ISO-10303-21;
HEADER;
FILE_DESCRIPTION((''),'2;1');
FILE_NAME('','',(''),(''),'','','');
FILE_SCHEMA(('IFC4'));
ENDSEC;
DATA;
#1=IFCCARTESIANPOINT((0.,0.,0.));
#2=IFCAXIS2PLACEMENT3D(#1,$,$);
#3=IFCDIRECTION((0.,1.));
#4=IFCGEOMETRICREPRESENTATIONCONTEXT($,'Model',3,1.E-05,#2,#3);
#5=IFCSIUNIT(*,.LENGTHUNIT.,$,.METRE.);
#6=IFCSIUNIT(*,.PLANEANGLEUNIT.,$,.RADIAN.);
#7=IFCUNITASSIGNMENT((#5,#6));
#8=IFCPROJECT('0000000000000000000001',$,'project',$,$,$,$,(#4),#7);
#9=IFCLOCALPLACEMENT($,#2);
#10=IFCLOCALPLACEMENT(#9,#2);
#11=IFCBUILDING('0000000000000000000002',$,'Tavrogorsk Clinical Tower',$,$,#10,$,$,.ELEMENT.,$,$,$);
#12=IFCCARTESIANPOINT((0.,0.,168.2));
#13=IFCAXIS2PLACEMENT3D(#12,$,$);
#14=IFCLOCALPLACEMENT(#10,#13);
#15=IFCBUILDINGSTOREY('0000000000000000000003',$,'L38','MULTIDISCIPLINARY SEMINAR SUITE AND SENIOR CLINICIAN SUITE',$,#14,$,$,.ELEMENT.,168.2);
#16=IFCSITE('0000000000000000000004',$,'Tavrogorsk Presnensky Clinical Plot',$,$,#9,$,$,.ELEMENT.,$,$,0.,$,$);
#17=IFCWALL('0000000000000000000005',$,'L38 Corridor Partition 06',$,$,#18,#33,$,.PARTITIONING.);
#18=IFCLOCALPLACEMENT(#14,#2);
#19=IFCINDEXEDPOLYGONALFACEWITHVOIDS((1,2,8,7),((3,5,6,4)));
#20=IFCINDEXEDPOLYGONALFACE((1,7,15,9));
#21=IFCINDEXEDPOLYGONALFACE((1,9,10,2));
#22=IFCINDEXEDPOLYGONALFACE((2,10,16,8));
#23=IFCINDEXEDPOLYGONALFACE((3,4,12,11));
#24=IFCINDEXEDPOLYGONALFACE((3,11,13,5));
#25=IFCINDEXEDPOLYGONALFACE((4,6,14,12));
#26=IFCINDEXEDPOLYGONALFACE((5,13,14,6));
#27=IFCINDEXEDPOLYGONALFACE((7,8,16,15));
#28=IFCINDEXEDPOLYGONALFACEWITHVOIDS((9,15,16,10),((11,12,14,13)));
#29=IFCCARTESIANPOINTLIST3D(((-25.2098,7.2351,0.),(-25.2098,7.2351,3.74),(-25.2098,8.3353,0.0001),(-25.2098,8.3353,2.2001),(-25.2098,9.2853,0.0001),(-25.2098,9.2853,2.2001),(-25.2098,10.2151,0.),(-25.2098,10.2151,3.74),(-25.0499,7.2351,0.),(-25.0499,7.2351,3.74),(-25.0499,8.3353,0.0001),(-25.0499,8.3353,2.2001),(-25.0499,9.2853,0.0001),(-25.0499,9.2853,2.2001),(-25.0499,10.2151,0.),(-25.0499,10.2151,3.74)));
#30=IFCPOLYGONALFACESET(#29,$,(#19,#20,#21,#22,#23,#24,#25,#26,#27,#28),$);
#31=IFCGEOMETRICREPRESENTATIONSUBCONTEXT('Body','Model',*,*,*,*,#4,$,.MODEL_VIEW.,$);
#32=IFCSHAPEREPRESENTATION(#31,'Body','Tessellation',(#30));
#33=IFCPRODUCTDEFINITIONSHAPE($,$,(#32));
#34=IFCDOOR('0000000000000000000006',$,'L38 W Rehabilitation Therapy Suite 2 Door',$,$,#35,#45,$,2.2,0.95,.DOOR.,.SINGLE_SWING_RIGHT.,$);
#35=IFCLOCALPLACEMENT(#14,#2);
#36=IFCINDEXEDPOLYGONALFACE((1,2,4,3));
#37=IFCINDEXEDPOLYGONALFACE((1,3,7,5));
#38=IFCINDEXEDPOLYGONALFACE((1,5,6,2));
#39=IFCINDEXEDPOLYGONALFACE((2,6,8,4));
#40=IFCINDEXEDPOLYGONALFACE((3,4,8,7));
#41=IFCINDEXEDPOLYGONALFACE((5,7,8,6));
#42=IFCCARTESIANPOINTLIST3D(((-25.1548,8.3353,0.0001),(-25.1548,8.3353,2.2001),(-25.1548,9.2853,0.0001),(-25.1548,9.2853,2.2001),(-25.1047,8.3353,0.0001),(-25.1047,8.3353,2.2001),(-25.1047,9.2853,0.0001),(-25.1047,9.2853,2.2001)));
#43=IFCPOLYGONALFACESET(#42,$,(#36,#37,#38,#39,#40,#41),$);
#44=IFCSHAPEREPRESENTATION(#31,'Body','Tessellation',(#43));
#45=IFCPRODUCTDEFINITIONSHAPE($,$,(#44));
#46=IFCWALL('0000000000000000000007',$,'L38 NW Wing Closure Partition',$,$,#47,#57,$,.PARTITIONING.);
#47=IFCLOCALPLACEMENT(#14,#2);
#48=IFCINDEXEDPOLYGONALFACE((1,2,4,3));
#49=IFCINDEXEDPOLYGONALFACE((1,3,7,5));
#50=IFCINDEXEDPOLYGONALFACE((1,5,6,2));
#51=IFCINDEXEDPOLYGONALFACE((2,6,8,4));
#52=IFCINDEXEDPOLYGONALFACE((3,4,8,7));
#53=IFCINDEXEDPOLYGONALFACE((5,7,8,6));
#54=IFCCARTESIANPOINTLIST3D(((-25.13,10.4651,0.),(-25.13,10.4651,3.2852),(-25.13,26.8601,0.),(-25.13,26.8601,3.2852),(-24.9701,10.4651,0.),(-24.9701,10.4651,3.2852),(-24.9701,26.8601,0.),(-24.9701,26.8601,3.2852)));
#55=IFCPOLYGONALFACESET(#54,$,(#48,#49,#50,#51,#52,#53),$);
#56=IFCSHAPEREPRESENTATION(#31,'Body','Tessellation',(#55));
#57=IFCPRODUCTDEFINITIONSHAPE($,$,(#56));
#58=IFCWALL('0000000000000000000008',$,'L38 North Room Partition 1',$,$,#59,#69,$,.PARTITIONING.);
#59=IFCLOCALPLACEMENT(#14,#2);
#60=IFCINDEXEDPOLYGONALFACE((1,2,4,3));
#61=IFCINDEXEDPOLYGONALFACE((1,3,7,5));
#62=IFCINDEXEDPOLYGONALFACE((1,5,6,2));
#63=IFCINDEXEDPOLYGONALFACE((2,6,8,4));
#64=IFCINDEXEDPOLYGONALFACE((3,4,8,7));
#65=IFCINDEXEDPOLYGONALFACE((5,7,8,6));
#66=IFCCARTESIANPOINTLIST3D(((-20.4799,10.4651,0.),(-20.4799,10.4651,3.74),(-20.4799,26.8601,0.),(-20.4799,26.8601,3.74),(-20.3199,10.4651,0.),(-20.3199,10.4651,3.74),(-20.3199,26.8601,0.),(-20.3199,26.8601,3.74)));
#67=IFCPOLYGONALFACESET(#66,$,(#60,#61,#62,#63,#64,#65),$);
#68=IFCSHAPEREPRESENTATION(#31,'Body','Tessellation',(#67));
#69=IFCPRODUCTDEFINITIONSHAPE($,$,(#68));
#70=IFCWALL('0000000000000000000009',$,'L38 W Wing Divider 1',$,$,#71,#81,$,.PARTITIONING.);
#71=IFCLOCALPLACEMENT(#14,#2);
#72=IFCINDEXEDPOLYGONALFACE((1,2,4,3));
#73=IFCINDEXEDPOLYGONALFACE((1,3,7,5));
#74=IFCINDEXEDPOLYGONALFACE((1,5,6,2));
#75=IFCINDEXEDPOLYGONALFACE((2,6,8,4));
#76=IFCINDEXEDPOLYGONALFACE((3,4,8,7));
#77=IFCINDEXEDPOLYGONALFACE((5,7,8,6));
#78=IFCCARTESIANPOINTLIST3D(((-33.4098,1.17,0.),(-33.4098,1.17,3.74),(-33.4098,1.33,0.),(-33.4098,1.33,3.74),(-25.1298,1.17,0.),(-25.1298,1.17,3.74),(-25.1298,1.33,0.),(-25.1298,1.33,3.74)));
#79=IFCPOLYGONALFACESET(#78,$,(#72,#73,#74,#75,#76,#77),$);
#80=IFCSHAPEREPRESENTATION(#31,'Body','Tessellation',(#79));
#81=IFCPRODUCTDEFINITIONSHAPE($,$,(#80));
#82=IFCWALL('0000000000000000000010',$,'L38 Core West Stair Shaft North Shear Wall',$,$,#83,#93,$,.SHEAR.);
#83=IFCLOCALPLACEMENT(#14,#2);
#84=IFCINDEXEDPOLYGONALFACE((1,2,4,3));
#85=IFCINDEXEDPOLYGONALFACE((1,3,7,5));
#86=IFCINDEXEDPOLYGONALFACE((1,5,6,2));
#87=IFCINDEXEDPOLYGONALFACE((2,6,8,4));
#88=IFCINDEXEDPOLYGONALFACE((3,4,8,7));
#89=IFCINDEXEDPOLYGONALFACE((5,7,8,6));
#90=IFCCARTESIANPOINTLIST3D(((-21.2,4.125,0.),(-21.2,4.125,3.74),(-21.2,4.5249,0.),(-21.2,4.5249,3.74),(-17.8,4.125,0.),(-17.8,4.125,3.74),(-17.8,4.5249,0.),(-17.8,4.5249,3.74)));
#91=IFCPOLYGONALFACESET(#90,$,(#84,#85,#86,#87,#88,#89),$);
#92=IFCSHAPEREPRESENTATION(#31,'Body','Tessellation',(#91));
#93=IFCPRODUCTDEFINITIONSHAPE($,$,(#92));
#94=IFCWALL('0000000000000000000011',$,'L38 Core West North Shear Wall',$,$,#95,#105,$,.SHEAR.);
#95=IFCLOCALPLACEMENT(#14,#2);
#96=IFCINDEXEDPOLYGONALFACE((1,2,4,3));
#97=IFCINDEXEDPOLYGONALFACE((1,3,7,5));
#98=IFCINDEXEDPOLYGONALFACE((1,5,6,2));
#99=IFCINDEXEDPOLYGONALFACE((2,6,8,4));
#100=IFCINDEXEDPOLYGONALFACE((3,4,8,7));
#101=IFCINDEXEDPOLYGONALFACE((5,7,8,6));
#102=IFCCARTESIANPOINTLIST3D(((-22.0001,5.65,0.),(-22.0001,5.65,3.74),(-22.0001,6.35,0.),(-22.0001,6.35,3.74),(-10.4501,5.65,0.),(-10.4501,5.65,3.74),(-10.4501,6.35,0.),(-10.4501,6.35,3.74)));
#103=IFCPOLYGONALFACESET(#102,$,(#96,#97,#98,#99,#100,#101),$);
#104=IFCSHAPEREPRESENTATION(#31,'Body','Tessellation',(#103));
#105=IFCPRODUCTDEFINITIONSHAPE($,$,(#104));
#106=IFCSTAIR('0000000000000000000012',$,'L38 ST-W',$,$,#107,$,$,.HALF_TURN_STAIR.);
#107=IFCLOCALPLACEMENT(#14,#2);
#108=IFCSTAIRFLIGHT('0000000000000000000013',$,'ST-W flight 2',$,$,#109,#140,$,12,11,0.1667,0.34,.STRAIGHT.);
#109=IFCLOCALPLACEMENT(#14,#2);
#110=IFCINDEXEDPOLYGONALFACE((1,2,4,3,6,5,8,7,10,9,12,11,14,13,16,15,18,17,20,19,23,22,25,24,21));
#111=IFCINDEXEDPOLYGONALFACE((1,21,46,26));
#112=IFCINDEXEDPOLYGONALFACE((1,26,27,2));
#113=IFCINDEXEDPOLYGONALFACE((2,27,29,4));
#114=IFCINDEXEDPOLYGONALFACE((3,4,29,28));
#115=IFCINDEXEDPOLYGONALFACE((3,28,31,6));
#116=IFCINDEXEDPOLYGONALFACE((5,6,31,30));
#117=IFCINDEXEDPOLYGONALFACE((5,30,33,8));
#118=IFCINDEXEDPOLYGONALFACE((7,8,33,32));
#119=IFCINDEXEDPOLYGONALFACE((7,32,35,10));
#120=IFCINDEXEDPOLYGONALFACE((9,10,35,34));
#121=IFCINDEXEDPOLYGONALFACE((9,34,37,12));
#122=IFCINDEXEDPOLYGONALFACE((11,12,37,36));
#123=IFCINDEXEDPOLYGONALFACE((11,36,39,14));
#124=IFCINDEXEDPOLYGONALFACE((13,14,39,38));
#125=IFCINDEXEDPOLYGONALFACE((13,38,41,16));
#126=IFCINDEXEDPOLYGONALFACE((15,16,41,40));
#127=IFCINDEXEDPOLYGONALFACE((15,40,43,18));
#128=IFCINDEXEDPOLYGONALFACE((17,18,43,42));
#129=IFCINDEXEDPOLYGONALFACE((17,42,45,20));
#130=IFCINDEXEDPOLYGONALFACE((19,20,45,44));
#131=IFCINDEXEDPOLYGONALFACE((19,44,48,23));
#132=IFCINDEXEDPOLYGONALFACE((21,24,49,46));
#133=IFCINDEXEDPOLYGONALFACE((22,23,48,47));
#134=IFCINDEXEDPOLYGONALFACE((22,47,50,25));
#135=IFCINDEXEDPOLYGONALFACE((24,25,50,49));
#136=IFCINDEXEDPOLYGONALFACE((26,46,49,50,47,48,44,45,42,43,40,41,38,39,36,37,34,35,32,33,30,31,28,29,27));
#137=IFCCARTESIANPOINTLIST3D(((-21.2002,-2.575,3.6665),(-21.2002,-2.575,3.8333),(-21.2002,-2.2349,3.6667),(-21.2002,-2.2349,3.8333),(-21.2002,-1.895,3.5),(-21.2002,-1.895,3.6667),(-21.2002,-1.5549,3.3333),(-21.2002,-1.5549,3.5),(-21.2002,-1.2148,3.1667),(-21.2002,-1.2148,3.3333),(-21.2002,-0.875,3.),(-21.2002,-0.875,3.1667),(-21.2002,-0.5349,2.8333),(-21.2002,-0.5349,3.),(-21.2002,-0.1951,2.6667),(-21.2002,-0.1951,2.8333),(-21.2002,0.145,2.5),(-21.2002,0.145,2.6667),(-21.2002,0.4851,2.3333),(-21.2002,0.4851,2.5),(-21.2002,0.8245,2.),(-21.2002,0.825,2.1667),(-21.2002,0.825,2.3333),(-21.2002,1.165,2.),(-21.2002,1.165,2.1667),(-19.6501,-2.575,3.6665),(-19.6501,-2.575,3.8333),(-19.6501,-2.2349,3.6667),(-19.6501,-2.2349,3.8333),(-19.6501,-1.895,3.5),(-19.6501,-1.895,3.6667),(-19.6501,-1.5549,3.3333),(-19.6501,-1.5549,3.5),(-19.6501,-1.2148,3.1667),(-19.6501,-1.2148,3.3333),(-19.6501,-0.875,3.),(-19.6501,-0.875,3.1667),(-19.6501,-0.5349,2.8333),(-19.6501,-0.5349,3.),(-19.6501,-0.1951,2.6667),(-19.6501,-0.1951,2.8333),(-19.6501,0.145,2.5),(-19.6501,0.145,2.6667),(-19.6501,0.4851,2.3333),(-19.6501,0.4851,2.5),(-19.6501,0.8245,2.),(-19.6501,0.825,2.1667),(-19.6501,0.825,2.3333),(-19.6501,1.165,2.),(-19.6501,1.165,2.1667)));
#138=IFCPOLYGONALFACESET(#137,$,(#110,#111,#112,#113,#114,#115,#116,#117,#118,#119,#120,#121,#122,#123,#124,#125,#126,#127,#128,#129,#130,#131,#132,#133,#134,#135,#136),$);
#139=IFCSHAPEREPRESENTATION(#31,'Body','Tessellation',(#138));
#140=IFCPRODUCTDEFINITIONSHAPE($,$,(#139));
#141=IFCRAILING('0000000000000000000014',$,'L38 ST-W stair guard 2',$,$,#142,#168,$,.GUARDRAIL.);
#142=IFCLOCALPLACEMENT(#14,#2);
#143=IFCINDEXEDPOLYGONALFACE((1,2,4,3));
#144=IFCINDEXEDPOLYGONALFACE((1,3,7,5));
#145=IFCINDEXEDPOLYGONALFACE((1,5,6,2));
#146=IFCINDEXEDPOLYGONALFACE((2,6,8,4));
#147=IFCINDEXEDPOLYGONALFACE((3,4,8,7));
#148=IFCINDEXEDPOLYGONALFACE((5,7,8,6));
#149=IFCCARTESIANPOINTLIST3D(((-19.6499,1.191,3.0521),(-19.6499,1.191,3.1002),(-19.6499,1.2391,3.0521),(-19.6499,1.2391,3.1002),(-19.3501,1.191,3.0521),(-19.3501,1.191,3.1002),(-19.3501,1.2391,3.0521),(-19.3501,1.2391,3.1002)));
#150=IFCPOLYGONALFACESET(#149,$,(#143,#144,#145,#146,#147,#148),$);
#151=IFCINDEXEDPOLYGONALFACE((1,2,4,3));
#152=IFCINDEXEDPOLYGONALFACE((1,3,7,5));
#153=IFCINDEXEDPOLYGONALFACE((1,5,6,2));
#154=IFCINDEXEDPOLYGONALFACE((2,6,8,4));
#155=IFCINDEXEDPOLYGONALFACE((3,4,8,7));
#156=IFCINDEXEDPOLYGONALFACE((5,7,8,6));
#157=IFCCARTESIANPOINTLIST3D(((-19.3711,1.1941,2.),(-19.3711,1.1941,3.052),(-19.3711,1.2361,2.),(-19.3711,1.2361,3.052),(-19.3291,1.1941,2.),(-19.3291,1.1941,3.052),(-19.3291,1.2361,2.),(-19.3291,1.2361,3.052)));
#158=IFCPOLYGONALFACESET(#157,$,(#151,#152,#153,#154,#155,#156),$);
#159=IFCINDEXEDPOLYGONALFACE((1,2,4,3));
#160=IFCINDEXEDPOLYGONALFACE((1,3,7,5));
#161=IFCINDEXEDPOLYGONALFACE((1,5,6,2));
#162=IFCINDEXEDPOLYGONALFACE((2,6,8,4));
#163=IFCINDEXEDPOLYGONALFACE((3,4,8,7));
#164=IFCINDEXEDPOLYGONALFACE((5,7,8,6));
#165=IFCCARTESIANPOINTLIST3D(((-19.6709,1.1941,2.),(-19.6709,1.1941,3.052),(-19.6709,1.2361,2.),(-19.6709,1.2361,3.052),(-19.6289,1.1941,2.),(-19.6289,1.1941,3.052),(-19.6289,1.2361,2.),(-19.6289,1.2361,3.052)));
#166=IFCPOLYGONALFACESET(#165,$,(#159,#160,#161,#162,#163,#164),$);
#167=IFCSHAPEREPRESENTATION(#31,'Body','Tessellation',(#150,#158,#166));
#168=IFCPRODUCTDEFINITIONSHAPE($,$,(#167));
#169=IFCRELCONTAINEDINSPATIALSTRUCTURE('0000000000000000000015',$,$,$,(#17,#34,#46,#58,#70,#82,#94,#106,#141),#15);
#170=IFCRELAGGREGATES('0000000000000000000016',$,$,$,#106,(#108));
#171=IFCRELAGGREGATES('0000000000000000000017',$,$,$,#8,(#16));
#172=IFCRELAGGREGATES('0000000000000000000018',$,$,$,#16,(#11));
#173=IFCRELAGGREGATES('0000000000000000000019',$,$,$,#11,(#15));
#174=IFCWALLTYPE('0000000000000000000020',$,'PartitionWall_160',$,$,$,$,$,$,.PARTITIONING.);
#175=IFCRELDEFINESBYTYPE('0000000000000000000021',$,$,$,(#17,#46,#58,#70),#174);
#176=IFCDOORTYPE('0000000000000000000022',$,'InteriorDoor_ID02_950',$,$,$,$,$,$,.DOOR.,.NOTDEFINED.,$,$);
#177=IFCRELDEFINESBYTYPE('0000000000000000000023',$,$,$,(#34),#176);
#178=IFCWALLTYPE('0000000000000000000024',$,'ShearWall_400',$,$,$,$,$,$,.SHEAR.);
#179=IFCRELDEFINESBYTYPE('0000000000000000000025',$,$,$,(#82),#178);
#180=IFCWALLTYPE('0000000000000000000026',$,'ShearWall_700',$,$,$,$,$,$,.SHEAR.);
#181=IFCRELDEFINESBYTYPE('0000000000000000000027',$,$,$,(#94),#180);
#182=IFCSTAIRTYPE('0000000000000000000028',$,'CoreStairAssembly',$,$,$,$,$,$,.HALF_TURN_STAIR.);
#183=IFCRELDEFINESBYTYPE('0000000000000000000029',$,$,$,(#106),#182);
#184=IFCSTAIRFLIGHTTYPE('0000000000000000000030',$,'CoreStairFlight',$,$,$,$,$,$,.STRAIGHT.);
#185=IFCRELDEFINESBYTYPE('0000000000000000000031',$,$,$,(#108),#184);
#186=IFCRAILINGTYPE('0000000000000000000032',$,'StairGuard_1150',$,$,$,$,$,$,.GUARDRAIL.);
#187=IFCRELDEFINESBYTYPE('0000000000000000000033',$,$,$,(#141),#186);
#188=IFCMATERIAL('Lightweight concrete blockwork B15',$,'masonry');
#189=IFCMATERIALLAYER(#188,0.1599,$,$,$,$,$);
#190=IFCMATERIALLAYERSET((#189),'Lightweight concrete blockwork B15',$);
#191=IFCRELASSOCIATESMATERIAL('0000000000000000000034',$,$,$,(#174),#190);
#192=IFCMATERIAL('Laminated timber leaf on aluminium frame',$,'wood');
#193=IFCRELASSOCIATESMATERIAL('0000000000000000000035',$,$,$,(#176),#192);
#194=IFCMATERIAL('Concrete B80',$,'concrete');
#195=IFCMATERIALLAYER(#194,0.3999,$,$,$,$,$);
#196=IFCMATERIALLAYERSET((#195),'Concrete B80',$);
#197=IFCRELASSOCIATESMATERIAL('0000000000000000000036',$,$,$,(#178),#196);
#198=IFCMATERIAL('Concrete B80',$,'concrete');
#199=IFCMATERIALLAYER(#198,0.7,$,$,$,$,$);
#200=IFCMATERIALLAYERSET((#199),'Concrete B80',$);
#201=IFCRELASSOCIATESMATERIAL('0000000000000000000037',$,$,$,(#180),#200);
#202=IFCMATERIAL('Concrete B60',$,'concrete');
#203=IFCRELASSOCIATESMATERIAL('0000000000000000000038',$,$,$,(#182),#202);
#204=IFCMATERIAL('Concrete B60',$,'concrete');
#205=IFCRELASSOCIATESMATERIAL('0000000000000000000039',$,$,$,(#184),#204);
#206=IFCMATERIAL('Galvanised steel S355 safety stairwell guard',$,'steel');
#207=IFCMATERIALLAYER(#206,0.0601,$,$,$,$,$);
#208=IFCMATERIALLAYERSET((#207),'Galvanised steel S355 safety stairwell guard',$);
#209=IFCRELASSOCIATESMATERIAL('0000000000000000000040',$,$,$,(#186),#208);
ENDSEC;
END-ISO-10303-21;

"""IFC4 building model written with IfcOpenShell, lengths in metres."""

from ifc_helpers import new_model, si_unit, direction, frame, frame_2d, origin, origin_2d, place, context, subcontext, project, spatial, polyline, rectangle, outline, extrude, material, layer, layer_set, type_object, element, fill, aggregate, save


model = new_model("IFC4")

# Units and contexts
model_context = context("Model", 3, precision=1e-05, world=origin(), true_north=direction((0.0, 1.0)))
body_context = subcontext(model_context, "Body", "Model", "MODEL_VIEW")
ifc_project = project(units=[si_unit("LENGTHUNIT", "METRE"), si_unit("PLANEANGLEUNIT", "RADIAN")], contexts=[model_context])

# Site, building, storey
site_placement = place(None, origin())
site = spatial("IfcSite", under=ifc_project, at=site_placement, Name="Tavrogorsk Presnensky Clinical Plot", CompositionType="ELEMENT", RefElevation=0.0)
building_placement = place(site_placement, origin())
building = spatial("IfcBuilding", under=site, at=building_placement, Name="Tavrogorsk Clinical Tower", CompositionType="ELEMENT")
storey_placement = place(building_placement, frame((0.0, 0.0, 168.2)))
storey = spatial("IfcBuildingStorey", under=building, at=storey_placement, Name="L38", Description="MULTIDISCIPLINARY SEMINAR SUITE AND SENIOR CLINICIAN SUITE", CompositionType="ELEMENT", Elevation=168.2)

# Wall, opening, door
ifc_material_1 = material(Name="Lightweight concrete blockwork B15", Category="masonry")
ifc_layer_1 = layer(ifc_material_1, 0.1599)
ifc_layer_set_1 = layer_set([ifc_layer_1], Name="Lightweight concrete blockwork B15")
wall_type_1 = type_object("IfcWallType", Name="PartitionWall_160", PredefinedType="PARTITIONING", material=ifc_layer_set_1)
wall_1_placement = place(storey_placement, frame((-25.1299, 7.2351, 0.0), z_axis=(0.0, 0.0, 1.0), x_axis=(0.0, 1.0, 0.0)))
wall_1 = element("IfcWall", 1, at=wall_1_placement, inside=storey, type_object=wall_type_1, Name="L38 Corridor Partition 06", PredefinedType="PARTITIONING", context=body_context, shape_type="SweptSolid", body=[
    extrude(rectangle(XDim=2.98, YDim=0.1599, at=frame_2d((1.49, 0.0))), origin(), (0.0, 0.0, 1.0), 3.74),
])
opening_1_placement = place(wall_1_placement, frame((1.1001, 0.0, 0.0)))
opening_1 = element("IfcOpeningElement", 2, at=opening_1_placement, cuts=wall_1, PredefinedType="OPENING", context=body_context, shape_type="SweptSolid", body=[
    extrude(rectangle(XDim=0.95, YDim=2.2, at=frame_2d((0.4751, 1.1001))), frame((0.0, 0.0898, 0.0), z_axis=(0.0, -1.0, 0.0), x_axis=(1.0, 0.0, 0.0)), (0.0, 0.0, 1.0), 0.1799),
])
ifc_material_2 = material(Name="Laminated timber leaf on aluminium frame", Category="wood")
door_type_1 = type_object("IfcDoorType", Name="InteriorDoor_ID02_950", OperationType="NOTDEFINED", PredefinedType="DOOR", material=ifc_material_2)
door_1_placement = place(opening_1_placement, origin())
door_1 = element("IfcDoor", 3, at=door_1_placement, inside=storey, type_object=door_type_1, Name="L38 W Rehabilitation Therapy Suite 2 Door", OperationType="SINGLE_SWING_RIGHT", OverallHeight=2.2, OverallWidth=0.95, PredefinedType="DOOR", context=body_context, shape_type="SweptSolid", body=[
    extrude(rectangle(XDim=0.95, YDim=2.2, at=frame_2d((0.4751, 1.1001))), frame((0.0, 0.0249, 0.0), z_axis=(0.0, -1.0, 0.0), x_axis=(1.0, 0.0, 0.0)), (0.0, 0.0, 1.0), 0.05),
])
fill(opening_1, door_1)

# Walls
wall_2_placement = place(storey_placement, frame((-25.05, 10.4651, 0.0), z_axis=(0.0, 0.0, 1.0), x_axis=(0.0, 1.0, 0.0)))
element("IfcWall", 4, at=wall_2_placement, inside=storey, type_object=wall_type_1, Name="L38 NW Wing Closure Partition", PredefinedType="PARTITIONING", context=body_context, shape_type="SweptSolid", body=[
    extrude(rectangle(XDim=16.395, YDim=0.1599, at=frame_2d((8.1975, 0.0))), origin(), (0.0, 0.0, 1.0), 3.2852),
])
wall_3_placement = place(storey_placement, frame((-20.3999, 10.4651, 0.0), z_axis=(0.0, 0.0, 1.0), x_axis=(0.0, 1.0, 0.0)))
element("IfcWall", 5, at=wall_3_placement, inside=storey, type_object=wall_type_1, Name="L38 North Room Partition 1", PredefinedType="PARTITIONING", context=body_context, shape_type="SweptSolid", body=[
    extrude(rectangle(XDim=16.395, YDim=0.1599, at=frame_2d((8.1975, 0.0))), origin(), (0.0, 0.0, 1.0), 3.74),
])
wall_4_placement = place(storey_placement, frame((-33.4099, 1.25, 0.0), z_axis=(0.0, 0.0, 1.0), x_axis=(1.0, 0.0, 0.0)))
element("IfcWall", 6, at=wall_4_placement, inside=storey, type_object=wall_type_1, Name="L38 W Wing Divider 1", PredefinedType="PARTITIONING", context=body_context, shape_type="SweptSolid", body=[
    extrude(rectangle(XDim=8.28, YDim=0.1599, at=frame_2d((4.1401, 0.0))), origin(), (0.0, 0.0, 1.0), 3.74),
])
ifc_material_3 = material(Name="Concrete B80", Category="concrete")
ifc_layer_2 = layer(ifc_material_3, 0.3999)
ifc_layer_set_2 = layer_set([ifc_layer_2], Name="Concrete B80")
wall_type_2 = type_object("IfcWallType", Name="ShearWall_400", PredefinedType="SHEAR", material=ifc_layer_set_2)
wall_5_placement = place(storey_placement, frame((-21.2, 4.325, 0.0), z_axis=(0.0, 0.0, 1.0), x_axis=(1.0, 0.0, 0.0)))
element("IfcWall", 7, at=wall_5_placement, inside=storey, type_object=wall_type_2, Name="L38 Core West Stair Shaft North Shear Wall", PredefinedType="SHEAR", context=body_context, shape_type="SweptSolid", body=[
    extrude(rectangle(XDim=3.3999, YDim=0.3999, at=frame_2d((1.7, 0.0))), origin(), (0.0, 0.0, 1.0), 3.74),
])
ifc_material_4 = material(Name="Concrete B80", Category="concrete")
ifc_layer_3 = layer(ifc_material_4, 0.7)
ifc_layer_set_3 = layer_set([ifc_layer_3], Name="Concrete B80")
wall_type_3 = type_object("IfcWallType", Name="ShearWall_700", PredefinedType="SHEAR", material=ifc_layer_set_3)
wall_6_placement = place(storey_placement, frame((-22.0, 6.0, 0.0), z_axis=(0.0, 0.0, 1.0), x_axis=(1.0, 0.0, 0.0)))
element("IfcWall", 8, at=wall_6_placement, inside=storey, type_object=wall_type_3, Name="L38 Core West North Shear Wall", PredefinedType="SHEAR", context=body_context, shape_type="SweptSolid", body=[
    extrude(rectangle(XDim=11.55, YDim=0.7, at=frame_2d((5.7749, 0.0))), origin(), (0.0, 0.0, 1.0), 3.74),
])

# Stair, stair flight
ifc_material_5 = material(Name="Concrete B60", Category="concrete")
stair_type = type_object("IfcStairType", Name="CoreStairAssembly", PredefinedType="HALF_TURN_STAIR", material=ifc_material_5)
stair_placement = place(storey_placement, origin())
stair = element("IfcStair", 9, at=stair_placement, inside=storey, type_object=stair_type, Name="L38 ST-W", PredefinedType="HALF_TURN_STAIR")
ifc_material_6 = material(Name="Concrete B60", Category="concrete")
stair_flight_type = type_object("IfcStairFlightType", Name="CoreStairFlight", PredefinedType="STRAIGHT", material=ifc_material_6)
stair_flight_placement = place(storey_placement, frame((-20.425, 1.165, 2.0), z_axis=(0.0, 0.0, 1.0), x_axis=(0.0, -1.0, 0.0)))
stair_flight = element("IfcStairFlight", 10, at=stair_flight_placement, type_object=stair_flight_type, Name="ST-W flight 2", NumberOfRisers=12, NumberOfTreads=11, PredefinedType="STRAIGHT", RiserHeight=0.1667, TreadLength=0.34, context=body_context, shape_type="SweptSolid", body=[
    extrude(outline(polyline([(0.0, 0.0), (0.0, 0.1667), (0.3401, 0.1667), (0.3401, 0.3333), (0.6799, 0.3333), (0.6799, 0.5), (1.02, 0.5), (1.02, 0.6667), (1.3601, 0.6667), (1.3601, 0.8333), (1.7, 0.8333), (1.7, 1.0), (2.04, 1.0), (2.04, 1.1667), (2.3799, 1.1667), (2.3799, 1.3333), (2.72, 1.3333), (2.72, 1.5), (3.0601, 1.5), (3.0601, 1.6667), (3.3999, 1.6667), (3.3999, 1.8333), (3.74, 1.8333), (3.74, 2.0), (3.74, 1.6665), (0.3406, 0.0), (0.0, 0.0)])), frame((0.0, 0.7749, 0.0), z_axis=(0.0, -1.0, 0.0), x_axis=(1.0, 0.0, 0.0)), (0.0, 0.0, 1.0), 1.55),
])
aggregate(stair, [stair_flight])

# Railing
ifc_material_7 = material(Name="Galvanised steel S355 safety stairwell guard", Category="steel")
ifc_layer_4 = layer(ifc_material_7, 0.0601)
ifc_layer_set_4 = layer_set([ifc_layer_4], Name="Galvanised steel S355 safety stairwell guard")
railing_type_1 = type_object("IfcRailingType", Name="StairGuard_1150", PredefinedType="GUARDRAIL", material=ifc_layer_set_4)
railing_1_placement = place(storey_placement, frame((-19.3501, 1.2151, 2.0)))
element("IfcRailing", 11, at=railing_1_placement, inside=storey, type_object=railing_type_1, Name="L38 ST-W stair guard 2", PredefinedType="GUARDRAIL", context=body_context, shape_type="SweptSolid", body=[
    extrude(rectangle(XDim=0.0481, YDim=0.0481, at=origin_2d()), frame((0.0, 0.0, 1.0762), z_axis=(-1.0, 0.0, 0.0), x_axis=(0.0, -1.0, 0.0)), (0.0, 0.0, 1.0), 0.2998),
    extrude(rectangle(XDim=0.042, YDim=0.042, at=origin_2d()), origin(), (0.0, 0.0, 1.0), 1.052),
    extrude(rectangle(XDim=0.042, YDim=0.042, at=origin_2d()), frame((-0.2998, 0.0, 0.0)), (0.0, 0.0, 1.0), 1.052),
])

save(model, "model.ifc")
